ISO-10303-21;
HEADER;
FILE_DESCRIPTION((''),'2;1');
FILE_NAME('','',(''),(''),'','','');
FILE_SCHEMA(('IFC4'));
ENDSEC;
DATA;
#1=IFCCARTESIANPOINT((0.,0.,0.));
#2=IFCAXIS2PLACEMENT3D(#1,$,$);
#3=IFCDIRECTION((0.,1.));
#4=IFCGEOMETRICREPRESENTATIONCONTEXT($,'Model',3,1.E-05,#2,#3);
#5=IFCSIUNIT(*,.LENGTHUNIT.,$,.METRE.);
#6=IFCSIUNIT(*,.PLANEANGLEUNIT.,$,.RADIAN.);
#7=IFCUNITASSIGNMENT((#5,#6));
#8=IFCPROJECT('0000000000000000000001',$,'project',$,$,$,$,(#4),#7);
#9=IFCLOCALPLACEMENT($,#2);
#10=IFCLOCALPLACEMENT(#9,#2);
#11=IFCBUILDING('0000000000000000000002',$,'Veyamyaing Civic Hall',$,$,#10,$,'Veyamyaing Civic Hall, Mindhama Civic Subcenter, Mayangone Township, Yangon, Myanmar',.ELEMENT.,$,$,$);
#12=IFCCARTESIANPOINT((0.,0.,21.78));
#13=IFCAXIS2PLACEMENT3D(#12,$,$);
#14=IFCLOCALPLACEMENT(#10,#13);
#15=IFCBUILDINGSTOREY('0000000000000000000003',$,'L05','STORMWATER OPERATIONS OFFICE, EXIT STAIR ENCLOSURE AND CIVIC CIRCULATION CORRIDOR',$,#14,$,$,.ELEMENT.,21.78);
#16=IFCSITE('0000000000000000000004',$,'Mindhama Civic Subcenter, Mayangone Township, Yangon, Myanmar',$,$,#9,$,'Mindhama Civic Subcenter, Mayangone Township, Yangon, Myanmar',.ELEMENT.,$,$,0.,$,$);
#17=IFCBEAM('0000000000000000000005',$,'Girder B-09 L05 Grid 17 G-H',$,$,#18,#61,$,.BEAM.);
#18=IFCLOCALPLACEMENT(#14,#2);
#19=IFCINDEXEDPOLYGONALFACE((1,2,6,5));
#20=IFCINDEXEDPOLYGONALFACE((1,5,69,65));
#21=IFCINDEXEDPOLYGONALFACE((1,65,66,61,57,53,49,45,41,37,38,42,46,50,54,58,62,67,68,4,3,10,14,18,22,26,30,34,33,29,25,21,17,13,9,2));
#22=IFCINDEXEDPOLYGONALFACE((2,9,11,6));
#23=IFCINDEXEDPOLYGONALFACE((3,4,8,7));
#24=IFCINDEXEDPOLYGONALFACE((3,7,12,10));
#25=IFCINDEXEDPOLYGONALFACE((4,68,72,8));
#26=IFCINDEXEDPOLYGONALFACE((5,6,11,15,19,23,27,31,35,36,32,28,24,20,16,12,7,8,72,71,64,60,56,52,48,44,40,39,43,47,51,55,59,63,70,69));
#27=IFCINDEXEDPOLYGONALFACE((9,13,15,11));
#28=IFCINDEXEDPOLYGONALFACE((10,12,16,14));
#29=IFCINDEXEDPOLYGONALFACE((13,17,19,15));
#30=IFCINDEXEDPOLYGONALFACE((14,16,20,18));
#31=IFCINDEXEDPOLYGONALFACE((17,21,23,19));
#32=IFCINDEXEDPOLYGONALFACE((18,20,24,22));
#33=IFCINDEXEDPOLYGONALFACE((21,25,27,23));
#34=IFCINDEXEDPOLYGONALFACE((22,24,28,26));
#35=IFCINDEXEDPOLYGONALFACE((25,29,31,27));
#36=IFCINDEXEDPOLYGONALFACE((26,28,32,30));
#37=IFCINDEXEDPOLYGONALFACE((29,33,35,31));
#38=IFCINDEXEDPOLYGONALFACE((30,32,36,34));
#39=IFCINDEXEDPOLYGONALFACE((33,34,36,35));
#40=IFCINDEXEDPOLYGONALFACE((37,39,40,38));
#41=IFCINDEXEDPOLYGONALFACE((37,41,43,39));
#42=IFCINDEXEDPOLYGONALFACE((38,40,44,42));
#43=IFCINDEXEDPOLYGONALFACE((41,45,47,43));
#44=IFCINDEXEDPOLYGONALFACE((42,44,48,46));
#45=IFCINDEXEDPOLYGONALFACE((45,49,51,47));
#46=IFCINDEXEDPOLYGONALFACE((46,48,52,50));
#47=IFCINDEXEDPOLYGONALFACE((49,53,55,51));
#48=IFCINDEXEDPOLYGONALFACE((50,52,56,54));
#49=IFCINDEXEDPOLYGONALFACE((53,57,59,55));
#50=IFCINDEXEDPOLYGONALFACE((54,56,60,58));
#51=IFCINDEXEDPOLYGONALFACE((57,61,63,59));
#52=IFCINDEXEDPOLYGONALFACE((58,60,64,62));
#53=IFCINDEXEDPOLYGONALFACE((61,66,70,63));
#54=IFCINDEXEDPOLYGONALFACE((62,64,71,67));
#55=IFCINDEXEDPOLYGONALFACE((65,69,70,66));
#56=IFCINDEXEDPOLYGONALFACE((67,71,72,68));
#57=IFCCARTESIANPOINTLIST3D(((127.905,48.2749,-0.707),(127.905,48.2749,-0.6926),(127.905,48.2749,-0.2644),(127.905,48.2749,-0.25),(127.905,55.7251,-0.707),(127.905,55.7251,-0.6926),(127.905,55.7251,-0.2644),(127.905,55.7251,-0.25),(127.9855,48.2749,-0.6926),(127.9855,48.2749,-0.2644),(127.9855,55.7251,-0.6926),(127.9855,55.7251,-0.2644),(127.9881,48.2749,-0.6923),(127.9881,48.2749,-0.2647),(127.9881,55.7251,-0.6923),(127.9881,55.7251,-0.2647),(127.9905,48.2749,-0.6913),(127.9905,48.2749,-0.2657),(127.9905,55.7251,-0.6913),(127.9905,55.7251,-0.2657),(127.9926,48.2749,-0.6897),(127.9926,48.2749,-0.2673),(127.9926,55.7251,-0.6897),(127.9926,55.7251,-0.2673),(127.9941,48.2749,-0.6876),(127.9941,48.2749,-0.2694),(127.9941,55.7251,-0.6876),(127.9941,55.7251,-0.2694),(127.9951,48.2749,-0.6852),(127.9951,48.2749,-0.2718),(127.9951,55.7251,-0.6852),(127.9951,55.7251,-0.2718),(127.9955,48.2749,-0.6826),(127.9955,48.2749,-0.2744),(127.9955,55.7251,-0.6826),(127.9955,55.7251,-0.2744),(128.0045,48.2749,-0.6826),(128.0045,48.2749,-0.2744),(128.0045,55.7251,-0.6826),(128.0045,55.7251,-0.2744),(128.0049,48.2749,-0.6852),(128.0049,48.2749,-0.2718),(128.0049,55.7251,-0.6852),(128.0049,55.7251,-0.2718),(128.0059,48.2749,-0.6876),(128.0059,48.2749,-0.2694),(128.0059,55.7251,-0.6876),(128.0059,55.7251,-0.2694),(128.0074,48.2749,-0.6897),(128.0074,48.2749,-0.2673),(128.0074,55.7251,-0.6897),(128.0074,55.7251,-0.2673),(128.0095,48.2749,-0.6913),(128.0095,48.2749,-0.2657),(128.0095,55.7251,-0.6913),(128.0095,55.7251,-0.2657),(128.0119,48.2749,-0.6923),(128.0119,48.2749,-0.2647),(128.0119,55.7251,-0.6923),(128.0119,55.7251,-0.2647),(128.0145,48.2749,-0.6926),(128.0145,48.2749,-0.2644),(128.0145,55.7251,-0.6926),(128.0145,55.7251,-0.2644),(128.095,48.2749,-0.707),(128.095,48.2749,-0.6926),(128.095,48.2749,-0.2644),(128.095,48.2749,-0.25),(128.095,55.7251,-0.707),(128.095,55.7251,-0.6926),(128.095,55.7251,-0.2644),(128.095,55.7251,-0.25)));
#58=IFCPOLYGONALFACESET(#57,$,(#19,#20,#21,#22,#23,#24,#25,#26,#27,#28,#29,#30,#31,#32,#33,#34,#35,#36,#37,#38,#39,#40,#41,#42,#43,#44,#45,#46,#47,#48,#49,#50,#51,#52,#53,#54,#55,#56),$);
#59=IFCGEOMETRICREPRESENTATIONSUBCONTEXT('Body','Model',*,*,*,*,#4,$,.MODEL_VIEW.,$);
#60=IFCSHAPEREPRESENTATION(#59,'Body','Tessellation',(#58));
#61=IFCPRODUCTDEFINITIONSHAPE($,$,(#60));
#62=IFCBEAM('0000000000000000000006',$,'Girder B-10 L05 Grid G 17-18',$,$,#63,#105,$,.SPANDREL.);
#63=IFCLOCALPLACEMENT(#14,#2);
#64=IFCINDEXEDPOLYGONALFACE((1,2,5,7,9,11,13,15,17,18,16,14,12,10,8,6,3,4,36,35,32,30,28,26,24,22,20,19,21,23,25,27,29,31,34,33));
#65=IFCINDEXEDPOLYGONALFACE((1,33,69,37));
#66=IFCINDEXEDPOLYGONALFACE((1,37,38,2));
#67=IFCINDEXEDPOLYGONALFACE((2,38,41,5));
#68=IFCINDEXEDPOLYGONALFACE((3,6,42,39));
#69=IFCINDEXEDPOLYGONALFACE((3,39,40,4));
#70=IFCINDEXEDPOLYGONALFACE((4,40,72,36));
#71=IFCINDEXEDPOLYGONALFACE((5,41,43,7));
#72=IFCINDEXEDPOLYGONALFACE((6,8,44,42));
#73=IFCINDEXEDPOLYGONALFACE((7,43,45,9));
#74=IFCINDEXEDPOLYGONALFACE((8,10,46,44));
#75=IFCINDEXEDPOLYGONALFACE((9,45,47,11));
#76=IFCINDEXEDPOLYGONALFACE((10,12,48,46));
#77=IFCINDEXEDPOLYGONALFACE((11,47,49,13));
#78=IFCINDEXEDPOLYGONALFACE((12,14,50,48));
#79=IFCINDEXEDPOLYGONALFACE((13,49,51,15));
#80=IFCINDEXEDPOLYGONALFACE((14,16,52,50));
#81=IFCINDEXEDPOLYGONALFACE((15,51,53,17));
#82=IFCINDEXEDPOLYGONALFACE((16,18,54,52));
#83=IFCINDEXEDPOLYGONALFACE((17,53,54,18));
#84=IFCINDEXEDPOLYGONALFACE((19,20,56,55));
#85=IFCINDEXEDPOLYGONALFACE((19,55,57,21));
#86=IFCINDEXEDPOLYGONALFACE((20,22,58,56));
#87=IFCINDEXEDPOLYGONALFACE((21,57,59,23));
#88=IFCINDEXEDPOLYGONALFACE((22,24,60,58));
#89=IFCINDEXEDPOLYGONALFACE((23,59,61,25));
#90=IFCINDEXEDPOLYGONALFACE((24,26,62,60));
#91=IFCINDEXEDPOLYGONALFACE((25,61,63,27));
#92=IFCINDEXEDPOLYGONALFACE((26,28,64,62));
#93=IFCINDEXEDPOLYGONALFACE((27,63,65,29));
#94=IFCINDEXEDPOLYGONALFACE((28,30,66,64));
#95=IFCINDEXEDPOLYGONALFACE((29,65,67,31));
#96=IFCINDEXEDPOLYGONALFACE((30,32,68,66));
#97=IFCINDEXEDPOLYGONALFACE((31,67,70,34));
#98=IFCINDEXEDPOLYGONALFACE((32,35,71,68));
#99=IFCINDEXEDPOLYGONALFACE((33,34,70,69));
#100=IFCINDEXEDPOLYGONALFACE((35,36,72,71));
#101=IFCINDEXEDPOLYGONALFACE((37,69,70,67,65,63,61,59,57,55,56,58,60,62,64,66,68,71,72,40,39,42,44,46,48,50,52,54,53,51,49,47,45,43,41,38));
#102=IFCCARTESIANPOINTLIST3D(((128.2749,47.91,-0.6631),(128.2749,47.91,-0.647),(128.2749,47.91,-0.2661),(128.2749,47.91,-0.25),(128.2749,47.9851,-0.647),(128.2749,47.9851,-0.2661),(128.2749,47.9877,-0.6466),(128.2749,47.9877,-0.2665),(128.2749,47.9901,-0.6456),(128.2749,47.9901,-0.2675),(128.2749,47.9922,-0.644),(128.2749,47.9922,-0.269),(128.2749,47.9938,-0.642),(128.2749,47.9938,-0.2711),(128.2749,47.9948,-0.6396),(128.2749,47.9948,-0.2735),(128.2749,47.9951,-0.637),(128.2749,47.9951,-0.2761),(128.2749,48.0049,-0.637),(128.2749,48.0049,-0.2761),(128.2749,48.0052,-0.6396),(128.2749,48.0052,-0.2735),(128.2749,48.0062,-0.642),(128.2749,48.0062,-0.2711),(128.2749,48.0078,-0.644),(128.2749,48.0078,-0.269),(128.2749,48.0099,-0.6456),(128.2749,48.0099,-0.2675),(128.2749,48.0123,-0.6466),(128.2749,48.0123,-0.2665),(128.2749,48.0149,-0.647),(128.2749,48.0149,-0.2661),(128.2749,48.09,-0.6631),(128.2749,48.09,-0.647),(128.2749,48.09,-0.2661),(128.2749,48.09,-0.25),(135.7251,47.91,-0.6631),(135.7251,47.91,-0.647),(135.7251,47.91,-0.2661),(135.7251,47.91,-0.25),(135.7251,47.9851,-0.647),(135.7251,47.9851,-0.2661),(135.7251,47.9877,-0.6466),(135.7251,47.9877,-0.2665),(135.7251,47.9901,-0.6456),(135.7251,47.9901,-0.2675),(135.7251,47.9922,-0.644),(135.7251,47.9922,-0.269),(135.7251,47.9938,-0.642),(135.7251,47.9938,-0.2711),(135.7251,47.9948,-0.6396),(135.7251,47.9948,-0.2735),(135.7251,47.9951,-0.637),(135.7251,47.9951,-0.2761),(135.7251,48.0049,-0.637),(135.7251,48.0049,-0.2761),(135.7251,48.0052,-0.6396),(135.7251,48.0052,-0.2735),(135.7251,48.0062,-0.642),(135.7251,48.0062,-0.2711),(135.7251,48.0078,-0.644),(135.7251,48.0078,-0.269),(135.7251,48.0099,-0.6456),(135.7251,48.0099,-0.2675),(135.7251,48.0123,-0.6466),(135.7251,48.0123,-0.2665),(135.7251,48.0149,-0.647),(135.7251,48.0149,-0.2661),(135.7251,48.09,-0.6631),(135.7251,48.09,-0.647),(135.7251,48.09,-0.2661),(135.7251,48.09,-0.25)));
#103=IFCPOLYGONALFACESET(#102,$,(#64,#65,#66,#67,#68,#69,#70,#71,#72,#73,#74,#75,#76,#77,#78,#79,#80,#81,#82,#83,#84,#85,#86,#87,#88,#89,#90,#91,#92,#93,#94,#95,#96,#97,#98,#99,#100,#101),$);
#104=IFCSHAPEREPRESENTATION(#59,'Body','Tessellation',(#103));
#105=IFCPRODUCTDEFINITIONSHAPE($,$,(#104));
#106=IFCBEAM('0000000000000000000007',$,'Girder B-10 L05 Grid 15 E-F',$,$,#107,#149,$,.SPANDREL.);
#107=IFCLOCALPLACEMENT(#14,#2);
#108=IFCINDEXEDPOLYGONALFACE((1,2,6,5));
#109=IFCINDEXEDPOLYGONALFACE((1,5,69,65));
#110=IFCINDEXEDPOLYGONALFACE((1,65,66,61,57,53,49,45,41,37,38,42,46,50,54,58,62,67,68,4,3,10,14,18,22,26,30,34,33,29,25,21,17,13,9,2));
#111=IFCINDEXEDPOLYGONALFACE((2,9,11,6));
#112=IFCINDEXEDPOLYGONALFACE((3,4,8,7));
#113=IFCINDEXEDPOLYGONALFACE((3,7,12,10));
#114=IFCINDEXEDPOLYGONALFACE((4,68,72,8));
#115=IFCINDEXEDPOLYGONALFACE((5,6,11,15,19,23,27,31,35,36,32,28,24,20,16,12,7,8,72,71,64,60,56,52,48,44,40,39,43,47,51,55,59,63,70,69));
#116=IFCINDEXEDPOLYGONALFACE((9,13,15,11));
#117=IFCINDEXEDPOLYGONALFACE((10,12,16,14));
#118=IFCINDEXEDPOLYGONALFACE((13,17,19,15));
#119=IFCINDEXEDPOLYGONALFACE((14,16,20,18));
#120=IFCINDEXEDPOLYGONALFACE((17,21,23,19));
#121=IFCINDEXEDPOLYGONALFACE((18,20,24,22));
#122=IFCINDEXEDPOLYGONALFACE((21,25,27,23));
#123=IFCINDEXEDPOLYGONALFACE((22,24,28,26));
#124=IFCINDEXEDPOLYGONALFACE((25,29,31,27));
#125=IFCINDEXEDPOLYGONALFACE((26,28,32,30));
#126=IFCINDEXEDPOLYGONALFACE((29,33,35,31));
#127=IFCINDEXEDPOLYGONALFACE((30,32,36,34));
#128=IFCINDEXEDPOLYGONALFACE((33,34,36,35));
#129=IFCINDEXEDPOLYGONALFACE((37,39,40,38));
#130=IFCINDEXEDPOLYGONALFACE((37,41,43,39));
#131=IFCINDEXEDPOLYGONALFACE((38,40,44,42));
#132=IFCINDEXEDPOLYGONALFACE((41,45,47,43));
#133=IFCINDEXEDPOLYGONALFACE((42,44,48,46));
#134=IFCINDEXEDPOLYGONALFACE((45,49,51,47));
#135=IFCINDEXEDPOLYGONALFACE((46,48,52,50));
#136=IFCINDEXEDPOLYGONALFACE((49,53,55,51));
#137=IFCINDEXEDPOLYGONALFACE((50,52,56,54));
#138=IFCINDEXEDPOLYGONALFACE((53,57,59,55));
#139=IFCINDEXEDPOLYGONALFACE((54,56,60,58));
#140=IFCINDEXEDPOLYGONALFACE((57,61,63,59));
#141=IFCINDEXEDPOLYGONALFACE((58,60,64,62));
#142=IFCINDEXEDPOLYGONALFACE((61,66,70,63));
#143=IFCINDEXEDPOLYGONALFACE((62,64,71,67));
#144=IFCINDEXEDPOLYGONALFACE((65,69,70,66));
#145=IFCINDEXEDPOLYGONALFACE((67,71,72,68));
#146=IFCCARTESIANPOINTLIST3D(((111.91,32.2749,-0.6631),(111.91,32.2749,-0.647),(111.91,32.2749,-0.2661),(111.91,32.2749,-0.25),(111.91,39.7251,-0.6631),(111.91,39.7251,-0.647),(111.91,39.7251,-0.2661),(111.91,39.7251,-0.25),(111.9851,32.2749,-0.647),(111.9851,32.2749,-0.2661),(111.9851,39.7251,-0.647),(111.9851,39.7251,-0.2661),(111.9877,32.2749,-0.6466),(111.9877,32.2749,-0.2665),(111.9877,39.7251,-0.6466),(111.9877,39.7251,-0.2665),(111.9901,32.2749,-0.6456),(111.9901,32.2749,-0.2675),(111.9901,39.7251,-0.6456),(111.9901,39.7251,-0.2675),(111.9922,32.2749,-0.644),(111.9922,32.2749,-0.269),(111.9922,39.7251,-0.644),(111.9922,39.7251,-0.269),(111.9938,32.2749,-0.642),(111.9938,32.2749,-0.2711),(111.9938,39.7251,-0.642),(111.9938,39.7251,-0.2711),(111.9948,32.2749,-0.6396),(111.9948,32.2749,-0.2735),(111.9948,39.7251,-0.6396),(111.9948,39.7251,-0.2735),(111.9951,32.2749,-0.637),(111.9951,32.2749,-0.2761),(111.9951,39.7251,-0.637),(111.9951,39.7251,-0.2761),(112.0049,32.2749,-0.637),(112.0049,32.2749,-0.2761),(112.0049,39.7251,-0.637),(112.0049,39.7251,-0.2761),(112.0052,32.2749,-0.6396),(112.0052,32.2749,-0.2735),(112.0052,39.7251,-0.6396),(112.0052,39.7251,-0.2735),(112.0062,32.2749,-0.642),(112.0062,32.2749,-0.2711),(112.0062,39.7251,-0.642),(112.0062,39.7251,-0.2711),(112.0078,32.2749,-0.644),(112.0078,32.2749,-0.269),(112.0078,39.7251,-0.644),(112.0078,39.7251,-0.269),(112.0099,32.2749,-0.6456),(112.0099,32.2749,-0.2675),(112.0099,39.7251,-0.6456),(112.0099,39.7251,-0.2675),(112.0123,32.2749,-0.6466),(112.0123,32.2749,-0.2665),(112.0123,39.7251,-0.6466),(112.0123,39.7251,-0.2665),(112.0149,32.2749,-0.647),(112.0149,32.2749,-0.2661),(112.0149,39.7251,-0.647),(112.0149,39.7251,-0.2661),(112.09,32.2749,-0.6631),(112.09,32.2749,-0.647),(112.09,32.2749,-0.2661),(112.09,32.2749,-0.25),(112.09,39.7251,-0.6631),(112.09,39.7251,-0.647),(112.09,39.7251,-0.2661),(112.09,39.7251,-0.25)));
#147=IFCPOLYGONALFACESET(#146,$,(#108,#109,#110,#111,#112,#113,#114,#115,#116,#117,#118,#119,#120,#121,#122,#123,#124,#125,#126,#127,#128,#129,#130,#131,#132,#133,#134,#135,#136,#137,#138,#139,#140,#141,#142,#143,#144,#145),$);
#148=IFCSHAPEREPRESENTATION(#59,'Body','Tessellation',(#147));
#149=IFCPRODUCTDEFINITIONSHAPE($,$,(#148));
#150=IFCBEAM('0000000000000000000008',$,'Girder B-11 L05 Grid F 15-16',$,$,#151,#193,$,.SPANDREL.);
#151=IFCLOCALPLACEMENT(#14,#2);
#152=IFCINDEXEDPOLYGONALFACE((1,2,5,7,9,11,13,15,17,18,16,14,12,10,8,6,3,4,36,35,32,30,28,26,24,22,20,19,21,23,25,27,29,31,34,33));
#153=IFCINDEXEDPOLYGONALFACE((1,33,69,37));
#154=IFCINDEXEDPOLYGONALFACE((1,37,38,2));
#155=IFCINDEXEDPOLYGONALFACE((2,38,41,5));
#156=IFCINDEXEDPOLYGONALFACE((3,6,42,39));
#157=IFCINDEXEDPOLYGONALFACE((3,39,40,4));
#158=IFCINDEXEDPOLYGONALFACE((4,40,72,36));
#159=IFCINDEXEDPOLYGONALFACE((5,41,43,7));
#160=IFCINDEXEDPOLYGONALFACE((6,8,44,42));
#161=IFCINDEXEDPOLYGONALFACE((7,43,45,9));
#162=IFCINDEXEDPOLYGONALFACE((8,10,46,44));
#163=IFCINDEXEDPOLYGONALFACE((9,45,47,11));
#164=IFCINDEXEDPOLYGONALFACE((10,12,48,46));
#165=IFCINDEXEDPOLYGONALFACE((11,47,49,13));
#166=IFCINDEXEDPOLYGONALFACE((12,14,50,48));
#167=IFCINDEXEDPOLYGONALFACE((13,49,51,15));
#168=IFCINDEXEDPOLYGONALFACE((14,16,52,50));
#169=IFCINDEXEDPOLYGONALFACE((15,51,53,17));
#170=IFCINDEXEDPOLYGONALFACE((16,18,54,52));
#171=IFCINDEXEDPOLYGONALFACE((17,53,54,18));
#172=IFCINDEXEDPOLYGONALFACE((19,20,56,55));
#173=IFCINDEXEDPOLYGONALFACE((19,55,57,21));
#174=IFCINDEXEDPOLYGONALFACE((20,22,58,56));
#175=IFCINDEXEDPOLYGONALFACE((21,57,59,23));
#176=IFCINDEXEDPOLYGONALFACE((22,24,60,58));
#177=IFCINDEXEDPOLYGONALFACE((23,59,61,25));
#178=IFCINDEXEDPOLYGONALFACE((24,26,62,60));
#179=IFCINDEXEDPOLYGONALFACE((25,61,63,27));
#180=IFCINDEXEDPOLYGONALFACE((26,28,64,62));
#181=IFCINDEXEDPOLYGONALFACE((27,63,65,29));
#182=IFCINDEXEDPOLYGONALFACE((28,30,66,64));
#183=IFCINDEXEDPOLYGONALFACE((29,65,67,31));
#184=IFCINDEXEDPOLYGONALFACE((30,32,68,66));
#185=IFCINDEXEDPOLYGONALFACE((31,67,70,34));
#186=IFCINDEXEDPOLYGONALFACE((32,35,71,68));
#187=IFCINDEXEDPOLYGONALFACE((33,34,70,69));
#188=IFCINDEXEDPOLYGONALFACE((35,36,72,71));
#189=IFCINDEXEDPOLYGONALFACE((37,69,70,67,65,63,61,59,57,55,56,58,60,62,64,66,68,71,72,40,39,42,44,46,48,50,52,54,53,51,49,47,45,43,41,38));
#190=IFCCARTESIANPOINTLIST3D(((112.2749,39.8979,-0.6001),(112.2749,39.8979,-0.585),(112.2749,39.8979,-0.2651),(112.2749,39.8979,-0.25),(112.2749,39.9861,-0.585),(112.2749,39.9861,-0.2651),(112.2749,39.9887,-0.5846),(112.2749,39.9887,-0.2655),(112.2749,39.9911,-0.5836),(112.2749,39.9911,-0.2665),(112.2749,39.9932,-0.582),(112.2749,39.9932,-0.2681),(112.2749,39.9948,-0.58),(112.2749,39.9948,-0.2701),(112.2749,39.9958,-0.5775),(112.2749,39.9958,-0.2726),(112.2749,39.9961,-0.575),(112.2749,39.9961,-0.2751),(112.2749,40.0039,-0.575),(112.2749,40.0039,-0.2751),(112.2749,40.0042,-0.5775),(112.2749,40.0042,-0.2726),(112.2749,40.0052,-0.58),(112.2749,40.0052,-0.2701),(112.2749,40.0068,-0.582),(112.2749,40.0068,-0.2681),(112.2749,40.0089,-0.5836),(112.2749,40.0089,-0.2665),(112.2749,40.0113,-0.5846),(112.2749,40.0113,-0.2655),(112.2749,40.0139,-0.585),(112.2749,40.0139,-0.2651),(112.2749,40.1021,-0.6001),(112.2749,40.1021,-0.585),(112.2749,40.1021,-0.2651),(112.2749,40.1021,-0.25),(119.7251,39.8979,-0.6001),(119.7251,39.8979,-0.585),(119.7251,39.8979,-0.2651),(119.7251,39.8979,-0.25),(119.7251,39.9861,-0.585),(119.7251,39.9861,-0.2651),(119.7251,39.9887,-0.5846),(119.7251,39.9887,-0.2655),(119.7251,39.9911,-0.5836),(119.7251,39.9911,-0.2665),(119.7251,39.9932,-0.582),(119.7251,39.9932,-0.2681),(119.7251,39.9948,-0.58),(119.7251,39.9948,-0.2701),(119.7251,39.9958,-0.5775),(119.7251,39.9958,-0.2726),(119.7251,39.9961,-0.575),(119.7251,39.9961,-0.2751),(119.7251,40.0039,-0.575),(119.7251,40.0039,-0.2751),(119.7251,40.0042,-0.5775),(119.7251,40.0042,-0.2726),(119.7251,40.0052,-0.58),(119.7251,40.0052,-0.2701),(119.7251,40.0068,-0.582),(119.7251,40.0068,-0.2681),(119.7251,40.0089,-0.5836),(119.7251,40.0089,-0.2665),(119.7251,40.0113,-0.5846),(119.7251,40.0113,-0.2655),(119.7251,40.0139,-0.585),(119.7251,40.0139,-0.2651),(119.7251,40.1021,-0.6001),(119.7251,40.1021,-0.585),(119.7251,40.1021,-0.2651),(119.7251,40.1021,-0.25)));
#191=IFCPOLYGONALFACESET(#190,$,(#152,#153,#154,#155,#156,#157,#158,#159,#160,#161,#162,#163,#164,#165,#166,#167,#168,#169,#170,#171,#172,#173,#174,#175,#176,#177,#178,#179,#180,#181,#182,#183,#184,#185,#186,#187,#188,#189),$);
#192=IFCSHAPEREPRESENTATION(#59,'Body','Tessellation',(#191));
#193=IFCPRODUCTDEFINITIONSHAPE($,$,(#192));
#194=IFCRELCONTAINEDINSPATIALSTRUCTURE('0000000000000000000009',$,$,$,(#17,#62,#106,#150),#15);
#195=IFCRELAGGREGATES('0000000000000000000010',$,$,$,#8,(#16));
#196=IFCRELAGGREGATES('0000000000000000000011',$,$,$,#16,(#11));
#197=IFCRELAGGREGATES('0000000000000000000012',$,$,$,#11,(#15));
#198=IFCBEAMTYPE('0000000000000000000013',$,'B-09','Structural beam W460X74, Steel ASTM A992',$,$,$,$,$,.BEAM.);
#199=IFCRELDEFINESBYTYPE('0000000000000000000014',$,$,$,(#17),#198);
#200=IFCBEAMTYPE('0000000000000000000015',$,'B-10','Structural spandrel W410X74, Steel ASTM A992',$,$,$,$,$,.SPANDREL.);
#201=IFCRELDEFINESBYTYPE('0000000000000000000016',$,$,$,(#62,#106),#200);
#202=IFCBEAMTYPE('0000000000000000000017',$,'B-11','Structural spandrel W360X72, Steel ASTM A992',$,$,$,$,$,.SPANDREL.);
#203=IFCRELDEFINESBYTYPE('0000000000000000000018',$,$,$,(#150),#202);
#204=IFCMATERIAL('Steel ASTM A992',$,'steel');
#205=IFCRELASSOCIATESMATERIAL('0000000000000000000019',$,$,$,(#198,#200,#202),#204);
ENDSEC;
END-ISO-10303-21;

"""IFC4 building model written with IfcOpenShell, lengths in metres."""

from ifc_helpers import new_model, si_unit, direction, frame, origin, origin_2d, place, context, subcontext, project, spatial, i_section, extrude, material, material_profile, profile_set, type_object, element, save


model = new_model("IFC4")

# Units and contexts
model_context = context("Model", 3, precision=1e-05, world=origin(), true_north=direction((0.0, 1.0)))
body_context = subcontext(model_context, "Body", "Model", "MODEL_VIEW")
ifc_project = project(units=[si_unit("LENGTHUNIT", "METRE"), si_unit("PLANEANGLEUNIT", "RADIAN")], contexts=[model_context])

# Site, building, storey
site_placement = place(None, origin())
site = spatial("IfcSite", under=ifc_project, at=site_placement, Name="Mindhama Civic Subcenter, Mayangone Township, Yangon, Myanmar", LongName="Mindhama Civic Subcenter, Mayangone Township, Yangon, Myanmar", CompositionType="ELEMENT", RefElevation=0.0)
building_placement = place(site_placement, origin())
building = spatial("IfcBuilding", under=site, at=building_placement, Name="Veyamyaing Civic Hall", LongName="Veyamyaing Civic Hall, Mindhama Civic Subcenter, Mayangone Township, Yangon, Myanmar", CompositionType="ELEMENT")
storey_placement = place(building_placement, frame((0.0, 0.0, 21.78)))
storey = spatial("IfcBuildingStorey", under=building, at=storey_placement, Name="L05", Description="STORMWATER OPERATIONS OFFICE, EXIT STAIR ENCLOSURE AND CIVIC CIRCULATION CORRIDOR", CompositionType="ELEMENT", Elevation=21.78)

# Beams
ifc_material_1 = material(Name="Steel ASTM A992", Category="steel")
ifc_material_profile_1 = material_profile(ifc_material_1, i_section(OverallWidth=0.1899, OverallDepth=0.457, WebThickness=0.009, FlangeThickness=0.0144, FilletRadius=0.01, at=origin_2d()), Name="W460X74")
ifc_profile_set_1 = profile_set([ifc_material_profile_1], Name="Steel ASTM A992")
beam_type_1 = type_object("IfcBeamType", Name="B-09", Description="Structural beam W460X74, Steel ASTM A992", PredefinedType="BEAM", material=ifc_profile_set_1)
beam_1_placement = place(storey_placement, frame((128.0, 48.2749, -0.4785), z_axis=(0.0, 1.0, 0.0), x_axis=(-1.0, 0.0, 0.0)))
element("IfcBeam", 1, at=beam_1_placement, inside=storey, type_object=beam_type_1, Name="Girder B-09 L05 Grid 17 G-H", PredefinedType="BEAM", context=body_context, shape_type="SweptSolid", body=[
    extrude(i_section(OverallWidth=0.1899, OverallDepth=0.457, WebThickness=0.009, FlangeThickness=0.0144, FilletRadius=0.01, at=origin_2d()), origin(), (0.0, 0.0, 1.0), 7.4502),
])
ifc_material_profile_2 = material_profile(ifc_material_1, i_section(OverallWidth=0.1799, OverallDepth=0.4131, WebThickness=0.0098, FlangeThickness=0.0161, FilletRadius=0.01, at=origin_2d()), Name="W410X74")
ifc_profile_set_2 = profile_set([ifc_material_profile_2], Name="Steel ASTM A992")
beam_type_2 = type_object("IfcBeamType", Name="B-10", Description="Structural spandrel W410X74, Steel ASTM A992", PredefinedType="SPANDREL", material=ifc_profile_set_2)
for number, where, z_axis, x_axis, name in (
    (2, (128.2749, 48.0, -0.4565), (1.0, 0.0, 0.0), (0.0, 1.0, 0.0), "Girder B-10 L05 Grid G 17-18"),
    (3, (112.0, 32.2749, -0.4565), (0.0, 1.0, 0.0), (-1.0, 0.0, 0.0), "Girder B-10 L05 Grid 15 E-F"),
):
    element("IfcBeam", number, at=place(storey_placement, frame(where, z_axis=z_axis, x_axis=x_axis)), inside=storey, type_object=beam_type_2, Name=name, PredefinedType="SPANDREL", context=body_context, shape_type="SweptSolid", body=[
        extrude(i_section(OverallWidth=0.1799, OverallDepth=0.4131, WebThickness=0.0098, FlangeThickness=0.0161, FilletRadius=0.01, at=origin_2d()), origin(), (0.0, 0.0, 1.0), 7.4502),
    ])
ifc_material_profile_3 = material_profile(ifc_material_1, i_section(OverallWidth=0.2041, OverallDepth=0.3501, WebThickness=0.0078, FlangeThickness=0.0151, FilletRadius=0.01, at=origin_2d()), Name="W360X72")
ifc_profile_set_3 = profile_set([ifc_material_profile_3], Name="Steel ASTM A992")
beam_type_3 = type_object("IfcBeamType", Name="B-11", Description="Structural spandrel W360X72, Steel ASTM A992", PredefinedType="SPANDREL", material=ifc_profile_set_3)
for number, where, z_axis, x_axis, name in (
    (4, (112.2749, 40.0, -0.425), (1.0, 0.0, 0.0), (0.0, 1.0, 0.0), "Girder B-11 L05 Grid F 15-16"),
):
    element("IfcBeam", number, at=place(storey_placement, frame(where, z_axis=z_axis, x_axis=x_axis)), inside=storey, type_object=beam_type_3, Name=name, PredefinedType="SPANDREL", context=body_context, shape_type="SweptSolid", body=[
        extrude(i_section(OverallWidth=0.2041, OverallDepth=0.3501, WebThickness=0.0078, FlangeThickness=0.0151, FilletRadius=0.01, at=origin_2d()), origin(), (0.0, 0.0, 1.0), 7.4502),
    ])

save(model, "model.ifc")
